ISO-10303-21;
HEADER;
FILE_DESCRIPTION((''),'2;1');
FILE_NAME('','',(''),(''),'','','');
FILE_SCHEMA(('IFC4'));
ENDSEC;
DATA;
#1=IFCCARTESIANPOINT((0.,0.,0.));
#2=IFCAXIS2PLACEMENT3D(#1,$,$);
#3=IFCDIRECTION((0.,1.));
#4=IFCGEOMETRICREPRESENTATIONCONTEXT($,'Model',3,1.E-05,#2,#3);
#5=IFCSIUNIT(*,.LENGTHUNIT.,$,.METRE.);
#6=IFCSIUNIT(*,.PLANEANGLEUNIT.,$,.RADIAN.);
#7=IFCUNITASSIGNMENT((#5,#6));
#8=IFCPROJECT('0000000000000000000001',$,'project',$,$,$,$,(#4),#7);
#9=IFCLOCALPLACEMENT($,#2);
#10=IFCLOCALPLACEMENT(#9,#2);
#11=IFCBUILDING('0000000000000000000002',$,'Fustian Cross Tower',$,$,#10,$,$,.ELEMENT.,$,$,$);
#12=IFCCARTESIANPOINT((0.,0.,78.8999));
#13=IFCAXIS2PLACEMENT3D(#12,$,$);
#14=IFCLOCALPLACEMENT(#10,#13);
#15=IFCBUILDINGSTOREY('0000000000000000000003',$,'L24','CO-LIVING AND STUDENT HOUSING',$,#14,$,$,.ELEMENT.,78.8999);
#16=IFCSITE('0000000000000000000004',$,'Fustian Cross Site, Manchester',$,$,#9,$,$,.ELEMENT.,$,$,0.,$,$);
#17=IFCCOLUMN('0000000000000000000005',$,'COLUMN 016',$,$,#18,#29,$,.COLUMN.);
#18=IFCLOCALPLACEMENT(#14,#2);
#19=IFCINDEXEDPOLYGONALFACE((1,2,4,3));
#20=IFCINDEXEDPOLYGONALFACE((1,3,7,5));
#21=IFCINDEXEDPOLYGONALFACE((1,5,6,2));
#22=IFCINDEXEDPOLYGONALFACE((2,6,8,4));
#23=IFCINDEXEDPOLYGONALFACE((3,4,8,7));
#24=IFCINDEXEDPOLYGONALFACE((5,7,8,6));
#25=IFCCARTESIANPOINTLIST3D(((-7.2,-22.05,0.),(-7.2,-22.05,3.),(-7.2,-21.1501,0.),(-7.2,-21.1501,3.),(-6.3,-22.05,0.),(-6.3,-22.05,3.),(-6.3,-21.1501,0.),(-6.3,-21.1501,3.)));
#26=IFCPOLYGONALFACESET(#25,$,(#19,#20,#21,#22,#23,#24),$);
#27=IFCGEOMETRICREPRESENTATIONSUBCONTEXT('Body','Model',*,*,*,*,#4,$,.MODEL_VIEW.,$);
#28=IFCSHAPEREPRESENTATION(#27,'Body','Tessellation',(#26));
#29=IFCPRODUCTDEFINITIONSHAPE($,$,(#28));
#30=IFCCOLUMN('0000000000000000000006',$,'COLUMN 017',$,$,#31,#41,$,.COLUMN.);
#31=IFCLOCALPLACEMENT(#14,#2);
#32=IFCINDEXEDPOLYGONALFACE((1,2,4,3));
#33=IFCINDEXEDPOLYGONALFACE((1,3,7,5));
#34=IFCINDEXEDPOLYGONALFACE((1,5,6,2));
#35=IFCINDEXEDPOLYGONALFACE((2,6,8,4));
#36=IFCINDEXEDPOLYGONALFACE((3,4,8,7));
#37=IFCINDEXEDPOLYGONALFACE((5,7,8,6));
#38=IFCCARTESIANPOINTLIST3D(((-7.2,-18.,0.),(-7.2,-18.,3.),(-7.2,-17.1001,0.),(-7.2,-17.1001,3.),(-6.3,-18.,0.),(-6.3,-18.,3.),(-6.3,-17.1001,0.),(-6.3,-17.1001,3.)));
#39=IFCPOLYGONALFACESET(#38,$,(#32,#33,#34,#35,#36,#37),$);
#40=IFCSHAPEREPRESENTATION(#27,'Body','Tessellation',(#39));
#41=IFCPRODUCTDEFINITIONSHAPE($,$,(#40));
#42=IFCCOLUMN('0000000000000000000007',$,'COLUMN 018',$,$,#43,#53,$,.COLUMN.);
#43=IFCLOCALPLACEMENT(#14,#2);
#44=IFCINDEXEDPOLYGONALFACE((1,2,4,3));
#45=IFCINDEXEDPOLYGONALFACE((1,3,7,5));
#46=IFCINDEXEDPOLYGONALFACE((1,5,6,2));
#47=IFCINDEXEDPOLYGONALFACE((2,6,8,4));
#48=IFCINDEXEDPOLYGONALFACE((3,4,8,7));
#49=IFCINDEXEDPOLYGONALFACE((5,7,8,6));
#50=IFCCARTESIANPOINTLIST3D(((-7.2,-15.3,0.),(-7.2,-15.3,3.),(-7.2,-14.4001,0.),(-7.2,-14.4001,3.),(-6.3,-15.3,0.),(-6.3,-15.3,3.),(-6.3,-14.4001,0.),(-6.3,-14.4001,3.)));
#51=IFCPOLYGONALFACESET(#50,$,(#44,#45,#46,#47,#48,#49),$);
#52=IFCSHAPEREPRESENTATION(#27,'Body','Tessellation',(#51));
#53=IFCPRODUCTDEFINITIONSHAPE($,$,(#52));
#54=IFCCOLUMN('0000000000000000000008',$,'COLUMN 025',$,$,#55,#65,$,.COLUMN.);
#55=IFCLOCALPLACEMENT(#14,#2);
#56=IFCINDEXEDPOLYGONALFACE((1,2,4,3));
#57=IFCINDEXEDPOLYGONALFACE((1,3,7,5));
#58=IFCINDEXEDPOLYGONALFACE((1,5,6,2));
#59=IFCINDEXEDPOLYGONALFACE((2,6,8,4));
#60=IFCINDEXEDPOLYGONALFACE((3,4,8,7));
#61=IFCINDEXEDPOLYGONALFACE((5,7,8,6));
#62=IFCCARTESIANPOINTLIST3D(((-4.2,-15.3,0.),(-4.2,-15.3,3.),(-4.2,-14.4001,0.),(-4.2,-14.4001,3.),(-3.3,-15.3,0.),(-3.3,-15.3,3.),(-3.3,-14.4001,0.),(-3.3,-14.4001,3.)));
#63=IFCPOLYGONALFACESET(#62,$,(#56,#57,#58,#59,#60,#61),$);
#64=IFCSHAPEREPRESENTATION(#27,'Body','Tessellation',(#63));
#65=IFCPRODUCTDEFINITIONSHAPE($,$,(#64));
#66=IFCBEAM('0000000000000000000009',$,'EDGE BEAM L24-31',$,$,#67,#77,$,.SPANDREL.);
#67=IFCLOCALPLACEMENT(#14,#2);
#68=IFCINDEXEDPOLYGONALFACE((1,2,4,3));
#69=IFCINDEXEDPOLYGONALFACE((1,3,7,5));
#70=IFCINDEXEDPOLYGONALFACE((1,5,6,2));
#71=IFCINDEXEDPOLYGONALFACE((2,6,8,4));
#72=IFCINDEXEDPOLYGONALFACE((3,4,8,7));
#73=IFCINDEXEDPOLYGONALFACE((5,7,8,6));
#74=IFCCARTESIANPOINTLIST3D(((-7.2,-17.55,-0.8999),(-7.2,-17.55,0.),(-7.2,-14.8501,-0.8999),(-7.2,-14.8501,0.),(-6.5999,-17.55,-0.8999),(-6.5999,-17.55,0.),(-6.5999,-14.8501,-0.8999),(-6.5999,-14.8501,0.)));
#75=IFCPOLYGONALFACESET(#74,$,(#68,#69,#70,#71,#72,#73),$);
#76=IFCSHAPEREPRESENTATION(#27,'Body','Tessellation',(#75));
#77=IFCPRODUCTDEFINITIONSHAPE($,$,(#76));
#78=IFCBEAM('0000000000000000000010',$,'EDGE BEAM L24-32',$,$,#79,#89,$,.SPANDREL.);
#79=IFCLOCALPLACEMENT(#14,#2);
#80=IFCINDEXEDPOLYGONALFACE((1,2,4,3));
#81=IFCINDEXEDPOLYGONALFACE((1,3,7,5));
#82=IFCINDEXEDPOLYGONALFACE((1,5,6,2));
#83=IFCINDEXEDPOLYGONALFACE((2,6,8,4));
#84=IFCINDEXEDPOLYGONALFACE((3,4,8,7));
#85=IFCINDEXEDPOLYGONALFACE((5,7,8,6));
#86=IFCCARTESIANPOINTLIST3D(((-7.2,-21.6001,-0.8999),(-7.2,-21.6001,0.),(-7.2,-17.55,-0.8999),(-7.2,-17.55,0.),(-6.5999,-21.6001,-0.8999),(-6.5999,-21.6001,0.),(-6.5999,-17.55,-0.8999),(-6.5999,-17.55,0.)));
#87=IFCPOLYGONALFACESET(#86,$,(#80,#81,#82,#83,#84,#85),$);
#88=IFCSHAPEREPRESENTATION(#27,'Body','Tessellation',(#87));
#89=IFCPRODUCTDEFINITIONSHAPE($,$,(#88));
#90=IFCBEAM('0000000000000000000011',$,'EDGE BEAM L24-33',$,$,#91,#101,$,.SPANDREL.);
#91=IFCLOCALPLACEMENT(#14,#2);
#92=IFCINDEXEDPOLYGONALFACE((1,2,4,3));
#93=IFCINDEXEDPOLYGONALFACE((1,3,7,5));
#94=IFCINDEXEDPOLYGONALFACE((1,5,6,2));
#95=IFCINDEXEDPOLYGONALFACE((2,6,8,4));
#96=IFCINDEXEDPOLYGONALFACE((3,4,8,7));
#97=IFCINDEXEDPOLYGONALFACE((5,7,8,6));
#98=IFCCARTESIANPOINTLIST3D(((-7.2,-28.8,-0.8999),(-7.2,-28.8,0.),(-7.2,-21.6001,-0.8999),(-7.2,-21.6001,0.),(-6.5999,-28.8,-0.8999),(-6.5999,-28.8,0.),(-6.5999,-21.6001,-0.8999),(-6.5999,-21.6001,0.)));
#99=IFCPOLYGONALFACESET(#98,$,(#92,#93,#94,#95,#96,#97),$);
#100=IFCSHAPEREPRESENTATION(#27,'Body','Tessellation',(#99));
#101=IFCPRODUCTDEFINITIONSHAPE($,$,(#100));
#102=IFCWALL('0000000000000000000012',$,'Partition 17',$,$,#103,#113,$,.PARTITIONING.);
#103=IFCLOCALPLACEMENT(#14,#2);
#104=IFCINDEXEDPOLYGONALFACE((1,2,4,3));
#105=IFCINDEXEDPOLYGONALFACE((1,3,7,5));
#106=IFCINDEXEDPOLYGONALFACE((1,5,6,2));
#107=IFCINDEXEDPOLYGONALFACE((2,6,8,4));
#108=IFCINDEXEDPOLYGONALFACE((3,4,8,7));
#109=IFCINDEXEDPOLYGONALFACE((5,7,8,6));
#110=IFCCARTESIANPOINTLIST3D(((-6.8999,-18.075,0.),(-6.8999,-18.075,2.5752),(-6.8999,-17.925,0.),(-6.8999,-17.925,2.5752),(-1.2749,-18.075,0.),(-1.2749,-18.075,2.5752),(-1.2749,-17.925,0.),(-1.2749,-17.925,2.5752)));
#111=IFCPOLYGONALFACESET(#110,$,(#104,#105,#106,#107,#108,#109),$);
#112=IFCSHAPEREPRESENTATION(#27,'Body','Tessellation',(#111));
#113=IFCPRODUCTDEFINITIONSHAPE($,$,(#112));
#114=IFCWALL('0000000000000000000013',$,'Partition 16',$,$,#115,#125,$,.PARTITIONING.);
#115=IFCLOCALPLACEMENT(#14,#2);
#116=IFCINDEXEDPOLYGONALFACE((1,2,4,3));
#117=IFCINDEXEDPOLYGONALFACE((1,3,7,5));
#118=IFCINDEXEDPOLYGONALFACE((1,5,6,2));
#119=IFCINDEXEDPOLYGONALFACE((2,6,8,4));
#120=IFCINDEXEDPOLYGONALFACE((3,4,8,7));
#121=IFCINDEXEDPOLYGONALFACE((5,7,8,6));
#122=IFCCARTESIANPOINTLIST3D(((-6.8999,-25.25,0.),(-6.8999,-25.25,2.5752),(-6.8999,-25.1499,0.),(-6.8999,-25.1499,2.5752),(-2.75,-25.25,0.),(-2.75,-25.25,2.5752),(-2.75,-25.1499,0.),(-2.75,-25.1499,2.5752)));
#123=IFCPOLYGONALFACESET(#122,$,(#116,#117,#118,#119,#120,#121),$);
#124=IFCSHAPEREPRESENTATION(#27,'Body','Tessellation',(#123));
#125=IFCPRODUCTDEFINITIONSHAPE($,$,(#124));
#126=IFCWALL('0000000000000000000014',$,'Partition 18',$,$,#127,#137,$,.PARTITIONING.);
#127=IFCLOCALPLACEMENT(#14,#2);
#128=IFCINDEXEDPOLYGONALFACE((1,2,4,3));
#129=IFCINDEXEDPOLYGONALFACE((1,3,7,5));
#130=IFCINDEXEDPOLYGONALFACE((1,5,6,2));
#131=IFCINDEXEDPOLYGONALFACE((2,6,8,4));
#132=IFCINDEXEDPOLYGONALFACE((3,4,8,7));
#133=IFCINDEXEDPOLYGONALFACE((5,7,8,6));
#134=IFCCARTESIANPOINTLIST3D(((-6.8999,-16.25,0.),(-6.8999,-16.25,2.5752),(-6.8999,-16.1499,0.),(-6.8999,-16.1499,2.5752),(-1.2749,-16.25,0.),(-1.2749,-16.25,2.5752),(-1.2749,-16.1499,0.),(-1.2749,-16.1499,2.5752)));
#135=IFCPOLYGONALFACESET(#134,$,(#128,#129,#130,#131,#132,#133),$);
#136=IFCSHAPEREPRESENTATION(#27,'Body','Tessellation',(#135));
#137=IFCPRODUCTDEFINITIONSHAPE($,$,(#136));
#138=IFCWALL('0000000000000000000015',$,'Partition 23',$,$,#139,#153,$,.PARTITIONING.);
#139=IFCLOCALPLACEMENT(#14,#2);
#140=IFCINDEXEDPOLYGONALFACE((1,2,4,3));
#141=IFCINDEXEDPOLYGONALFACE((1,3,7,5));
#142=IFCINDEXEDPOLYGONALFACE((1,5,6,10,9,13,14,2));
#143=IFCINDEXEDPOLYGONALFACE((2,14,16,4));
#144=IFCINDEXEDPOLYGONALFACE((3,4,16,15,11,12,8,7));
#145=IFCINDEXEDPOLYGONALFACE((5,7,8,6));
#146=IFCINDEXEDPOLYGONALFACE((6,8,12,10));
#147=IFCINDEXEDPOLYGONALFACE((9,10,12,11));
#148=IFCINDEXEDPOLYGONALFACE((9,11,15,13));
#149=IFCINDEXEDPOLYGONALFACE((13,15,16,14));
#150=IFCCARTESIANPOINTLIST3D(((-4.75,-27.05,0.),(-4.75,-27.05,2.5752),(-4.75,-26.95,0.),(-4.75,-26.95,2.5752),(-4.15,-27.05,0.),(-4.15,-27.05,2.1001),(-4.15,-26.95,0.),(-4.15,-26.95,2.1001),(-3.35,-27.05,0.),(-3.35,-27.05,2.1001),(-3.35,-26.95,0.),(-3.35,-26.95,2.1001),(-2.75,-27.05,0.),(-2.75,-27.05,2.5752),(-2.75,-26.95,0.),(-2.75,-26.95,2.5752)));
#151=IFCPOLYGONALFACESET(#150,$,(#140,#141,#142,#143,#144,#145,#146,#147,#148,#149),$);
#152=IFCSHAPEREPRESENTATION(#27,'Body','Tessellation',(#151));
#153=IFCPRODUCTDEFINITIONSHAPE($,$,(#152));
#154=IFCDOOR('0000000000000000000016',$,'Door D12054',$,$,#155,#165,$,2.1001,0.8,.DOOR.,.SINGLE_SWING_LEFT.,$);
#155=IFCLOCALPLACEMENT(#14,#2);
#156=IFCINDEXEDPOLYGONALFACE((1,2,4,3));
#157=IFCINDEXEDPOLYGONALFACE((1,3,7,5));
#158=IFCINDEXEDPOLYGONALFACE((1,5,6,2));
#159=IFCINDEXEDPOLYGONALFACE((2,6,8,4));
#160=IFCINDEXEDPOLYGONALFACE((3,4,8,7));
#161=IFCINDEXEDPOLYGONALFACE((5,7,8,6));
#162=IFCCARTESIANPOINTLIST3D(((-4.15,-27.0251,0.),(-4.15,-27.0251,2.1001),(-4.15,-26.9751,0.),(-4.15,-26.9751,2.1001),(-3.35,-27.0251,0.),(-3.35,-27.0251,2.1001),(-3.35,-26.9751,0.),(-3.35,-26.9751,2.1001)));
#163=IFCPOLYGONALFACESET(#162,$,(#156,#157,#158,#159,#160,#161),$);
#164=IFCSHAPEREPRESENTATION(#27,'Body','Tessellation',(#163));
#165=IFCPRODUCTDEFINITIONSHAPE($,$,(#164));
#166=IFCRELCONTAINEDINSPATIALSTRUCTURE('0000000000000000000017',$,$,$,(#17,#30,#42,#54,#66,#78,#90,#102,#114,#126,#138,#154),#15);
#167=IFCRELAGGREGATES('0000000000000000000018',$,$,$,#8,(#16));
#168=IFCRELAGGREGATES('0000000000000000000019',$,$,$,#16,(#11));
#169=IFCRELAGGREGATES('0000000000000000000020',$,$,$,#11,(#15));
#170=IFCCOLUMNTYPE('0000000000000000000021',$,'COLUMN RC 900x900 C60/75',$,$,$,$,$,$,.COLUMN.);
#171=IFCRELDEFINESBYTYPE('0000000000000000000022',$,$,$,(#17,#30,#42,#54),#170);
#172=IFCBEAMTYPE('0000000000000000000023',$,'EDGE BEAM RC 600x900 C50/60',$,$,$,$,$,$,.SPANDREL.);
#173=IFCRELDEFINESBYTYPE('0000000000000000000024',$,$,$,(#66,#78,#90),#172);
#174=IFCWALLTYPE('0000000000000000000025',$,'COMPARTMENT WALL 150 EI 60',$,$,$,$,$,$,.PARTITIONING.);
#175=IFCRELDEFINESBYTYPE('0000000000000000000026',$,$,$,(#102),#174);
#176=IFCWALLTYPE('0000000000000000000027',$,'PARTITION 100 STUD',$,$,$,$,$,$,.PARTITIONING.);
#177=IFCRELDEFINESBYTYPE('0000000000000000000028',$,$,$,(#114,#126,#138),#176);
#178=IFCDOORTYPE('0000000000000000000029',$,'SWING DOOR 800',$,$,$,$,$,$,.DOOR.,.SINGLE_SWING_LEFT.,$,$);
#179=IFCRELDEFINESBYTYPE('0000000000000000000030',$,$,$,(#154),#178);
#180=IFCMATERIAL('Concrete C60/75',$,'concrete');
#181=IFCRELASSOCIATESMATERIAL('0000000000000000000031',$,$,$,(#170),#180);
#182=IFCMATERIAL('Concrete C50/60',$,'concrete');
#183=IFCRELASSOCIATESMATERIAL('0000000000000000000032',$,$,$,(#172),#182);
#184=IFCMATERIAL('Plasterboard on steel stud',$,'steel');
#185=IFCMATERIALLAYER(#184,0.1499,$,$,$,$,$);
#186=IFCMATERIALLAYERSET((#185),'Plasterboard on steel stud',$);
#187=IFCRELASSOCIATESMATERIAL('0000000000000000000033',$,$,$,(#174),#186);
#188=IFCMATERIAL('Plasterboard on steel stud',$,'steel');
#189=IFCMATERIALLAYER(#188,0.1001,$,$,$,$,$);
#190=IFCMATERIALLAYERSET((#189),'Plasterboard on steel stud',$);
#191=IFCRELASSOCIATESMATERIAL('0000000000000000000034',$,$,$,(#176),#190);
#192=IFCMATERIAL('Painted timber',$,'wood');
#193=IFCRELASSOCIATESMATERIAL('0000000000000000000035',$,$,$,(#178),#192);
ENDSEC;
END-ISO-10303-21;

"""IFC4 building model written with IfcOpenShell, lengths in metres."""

from ifc_helpers import new_model, si_unit, direction, frame, frame_2d, origin, origin_2d, place, context, subcontext, project, spatial, rectangle, extrude, material, layer, layer_set, material_profile, profile_set, type_object, element, fill, save


model = new_model("IFC4")

# Units and contexts
model_context = context("Model", 3, precision=1e-05, world=origin(), true_north=direction((0.0, 1.0)))
body_context = subcontext(model_context, "Body", "Model", "MODEL_VIEW")
ifc_project = project(units=[si_unit("LENGTHUNIT", "METRE"), si_unit("PLANEANGLEUNIT", "RADIAN")], contexts=[model_context])

# Site, building, storey
site_placement = place(None, origin())
site = spatial("IfcSite", under=ifc_project, at=site_placement, Name="Fustian Cross Site, Manchester", CompositionType="ELEMENT", RefElevation=0.0)
building_placement = place(site_placement, origin())
building = spatial("IfcBuilding", under=site, at=building_placement, Name="Fustian Cross Tower", CompositionType="ELEMENT")
storey_placement = place(building_placement, frame((0.0, 0.0, 78.8999)))
storey = spatial("IfcBuildingStorey", under=building, at=storey_placement, Name="L24", Description="CO-LIVING AND STUDENT HOUSING", CompositionType="ELEMENT", Elevation=78.8999)

# Columns
ifc_material_1 = material(Name="Concrete C60/75", Category="concrete")
ifc_material_profile_1 = material_profile(ifc_material_1, rectangle(XDim=0.8999, YDim=0.8999, at=origin_2d()), Name="RC 900x900")
ifc_profile_set_1 = profile_set([ifc_material_profile_1], Name="Concrete C60/75")
column_type = type_object("IfcColumnType", Name="COLUMN RC 900x900 C60/75", PredefinedType="COLUMN", material=ifc_profile_set_1)
for number, where, z_axis, x_axis, name in (
    (1, (-6.75, -21.6001, 0.0), (0.0, 0.0, 1.0), (1.0, 0.0, 0.0), "COLUMN 016"),
    (2, (-6.75, -17.55, 0.0), (0.0, 0.0, 1.0), (1.0, 0.0, 0.0), "COLUMN 017"),
    (3, (-6.75, -14.8501, 0.0), (0.0, 0.0, 1.0), (1.0, 0.0, 0.0), "COLUMN 018"),
    (4, (-3.75, -14.8501, 0.0), (0.0, 0.0, 1.0), (1.0, 0.0, 0.0), "COLUMN 025"),
):
    element("IfcColumn", number, at=place(storey_placement, frame(where, z_axis=z_axis, x_axis=x_axis)), inside=storey, type_object=column_type, Name=name, PredefinedType="COLUMN", context=body_context, shape_type="SweptSolid", body=[
        extrude(rectangle(XDim=0.8999, YDim=0.8999, at=origin_2d()), origin(), (0.0, 0.0, 1.0), 3.0),
    ])

# Beams
ifc_material_2 = material(Name="Concrete C50/60", Category="concrete")
ifc_material_profile_2 = material_profile(ifc_material_2, rectangle(XDim=0.6001, YDim=0.8999, at=origin_2d()), Name="RC 600x900")
ifc_profile_set_2 = profile_set([ifc_material_profile_2], Name="Concrete C50/60")
beam_type = type_object("IfcBeamType", Name="EDGE BEAM RC 600x900 C50/60", PredefinedType="SPANDREL", material=ifc_profile_set_2)
beam_1_placement = place(storey_placement, frame((-6.8999, -14.8501, -0.45), z_axis=(0.0, -1.0, 0.0), x_axis=(1.0, 0.0, 0.0)))
element("IfcBeam", 5, at=beam_1_placement, inside=storey, type_object=beam_type, Name="EDGE BEAM L24-31", PredefinedType="SPANDREL", context=body_context, shape_type="SweptSolid", body=[
    extrude(rectangle(XDim=0.6001, YDim=0.8999, at=origin_2d()), origin(), (0.0, 0.0, 1.0), 2.7),
])
beam_2_placement = place(storey_placement, frame((-6.8999, -17.55, -0.45), z_axis=(0.0, -1.0, 0.0), x_axis=(1.0, 0.0, 0.0)))
element("IfcBeam", 6, at=beam_2_placement, inside=storey, type_object=beam_type, Name="EDGE BEAM L24-32", PredefinedType="SPANDREL", context=body_context, shape_type="SweptSolid", body=[
    extrude(rectangle(XDim=0.6001, YDim=0.8999, at=origin_2d()), origin(), (0.0, 0.0, 1.0), 4.05),
])
beam_3_placement = place(storey_placement, frame((-6.8999, -21.6001, -0.45), z_axis=(0.0, -1.0, 0.0), x_axis=(1.0, 0.0, 0.0)))
element("IfcBeam", 7, at=beam_3_placement, inside=storey, type_object=beam_type, Name="EDGE BEAM L24-33", PredefinedType="SPANDREL", context=body_context, shape_type="SweptSolid", body=[
    extrude(rectangle(XDim=0.6001, YDim=0.8999, at=origin_2d()), origin(), (0.0, 0.0, 1.0), 7.2),
])

# Walls
ifc_material_3 = material(Name="Plasterboard on steel stud", Category="steel")
ifc_layer_1 = layer(ifc_material_3, 0.1499)
ifc_layer_set_1 = layer_set([ifc_layer_1], Name="Plasterboard on steel stud")
wall_type_1 = type_object("IfcWallType", Name="COMPARTMENT WALL 150 EI 60", PredefinedType="PARTITIONING", material=ifc_layer_set_1)
wall_1_placement = place(storey_placement, frame((-6.8999, -18.0, 0.0), z_axis=(0.0, 0.0, 1.0), x_axis=(1.0, 0.0, 0.0)))
element("IfcWall", 8, at=wall_1_placement, inside=storey, type_object=wall_type_1, Name="Partition 17", PredefinedType="PARTITIONING", context=body_context, shape_type="SweptSolid", body=[
    extrude(rectangle(XDim=5.625, YDim=0.1499, at=frame_2d((2.8125, 0.0))), origin(), (0.0, 0.0, 1.0), 2.5752),
])
ifc_material_4 = material(Name="Plasterboard on steel stud", Category="steel")
ifc_layer_2 = layer(ifc_material_4, 0.1001)
ifc_layer_set_2 = layer_set([ifc_layer_2], Name="Plasterboard on steel stud")
wall_type_2 = type_object("IfcWallType", Name="PARTITION 100 STUD", PredefinedType="PARTITIONING", material=ifc_layer_set_2)
wall_2_placement = place(storey_placement, frame((-6.8999, -25.2, 0.0), z_axis=(0.0, 0.0, 1.0), x_axis=(1.0, 0.0, 0.0)))
element("IfcWall", 9, at=wall_2_placement, inside=storey, type_object=wall_type_2, Name="Partition 16", PredefinedType="PARTITIONING", context=body_context, shape_type="SweptSolid", body=[
    extrude(rectangle(XDim=4.1499, YDim=0.1001, at=frame_2d((2.075, 0.0))), origin(), (0.0, 0.0, 1.0), 2.5752),
])
wall_3_placement = place(storey_placement, frame((-6.8999, -16.2, 0.0), z_axis=(0.0, 0.0, 1.0), x_axis=(1.0, 0.0, 0.0)))
element("IfcWall", 10, at=wall_3_placement, inside=storey, type_object=wall_type_2, Name="Partition 18", PredefinedType="PARTITIONING", context=body_context, shape_type="SweptSolid", body=[
    extrude(rectangle(XDim=5.625, YDim=0.1001, at=frame_2d((2.8125, 0.0))), origin(), (0.0, 0.0, 1.0), 2.5752),
])

# Wall, opening, door
wall_4_placement = place(storey_placement, frame((-4.75, -27.0, 0.0), z_axis=(0.0, 0.0, 1.0), x_axis=(1.0, 0.0, 0.0)))
wall_4 = element("IfcWall", 11, at=wall_4_placement, inside=storey, type_object=wall_type_2, Name="Partition 23", PredefinedType="PARTITIONING", context=body_context, shape_type="SweptSolid", body=[
    extrude(rectangle(XDim=2.0, YDim=0.1001, at=frame_2d((1.0, 0.0))), origin(), (0.0, 0.0, 1.0), 2.5752),
])
opening_1_placement = place(wall_4_placement, frame((0.6001, 0.0, 0.0)))
opening_1 = element("IfcOpeningElement", 12, at=opening_1_placement, cuts=wall_4, PredefinedType="OPENING", context=body_context, shape_type="SweptSolid", body=[
    extrude(rectangle(XDim=0.8, YDim=2.1001, at=frame_2d((0.3999, 1.05))), frame((0.0, 0.0601, 0.0), z_axis=(0.0, -1.0, 0.0), x_axis=(1.0, 0.0, 0.0)), (0.0, 0.0, 1.0), 0.1201),
])
ifc_material_5 = material(Name="Painted timber", Category="wood")
door_type = type_object("IfcDoorType", Name="SWING DOOR 800", OperationType="SINGLE_SWING_LEFT", PredefinedType="DOOR", material=ifc_material_5)
door_1_placement = place(opening_1_placement, origin())
door_1 = element("IfcDoor", 13, at=door_1_placement, inside=storey, type_object=door_type, Name="Door D12054", OperationType="SINGLE_SWING_LEFT", OverallHeight=2.1001, OverallWidth=0.8, PredefinedType="DOOR", context=body_context, shape_type="SweptSolid", body=[
    extrude(rectangle(XDim=0.8, YDim=2.1001, at=frame_2d((0.3999, 1.05))), frame((0.0, 0.0249, 0.0), z_axis=(0.0, -1.0, 0.0), x_axis=(1.0, 0.0, 0.0)), (0.0, 0.0, 1.0), 0.05),
])
fill(opening_1, door_1)

save(model, "model.ifc")
